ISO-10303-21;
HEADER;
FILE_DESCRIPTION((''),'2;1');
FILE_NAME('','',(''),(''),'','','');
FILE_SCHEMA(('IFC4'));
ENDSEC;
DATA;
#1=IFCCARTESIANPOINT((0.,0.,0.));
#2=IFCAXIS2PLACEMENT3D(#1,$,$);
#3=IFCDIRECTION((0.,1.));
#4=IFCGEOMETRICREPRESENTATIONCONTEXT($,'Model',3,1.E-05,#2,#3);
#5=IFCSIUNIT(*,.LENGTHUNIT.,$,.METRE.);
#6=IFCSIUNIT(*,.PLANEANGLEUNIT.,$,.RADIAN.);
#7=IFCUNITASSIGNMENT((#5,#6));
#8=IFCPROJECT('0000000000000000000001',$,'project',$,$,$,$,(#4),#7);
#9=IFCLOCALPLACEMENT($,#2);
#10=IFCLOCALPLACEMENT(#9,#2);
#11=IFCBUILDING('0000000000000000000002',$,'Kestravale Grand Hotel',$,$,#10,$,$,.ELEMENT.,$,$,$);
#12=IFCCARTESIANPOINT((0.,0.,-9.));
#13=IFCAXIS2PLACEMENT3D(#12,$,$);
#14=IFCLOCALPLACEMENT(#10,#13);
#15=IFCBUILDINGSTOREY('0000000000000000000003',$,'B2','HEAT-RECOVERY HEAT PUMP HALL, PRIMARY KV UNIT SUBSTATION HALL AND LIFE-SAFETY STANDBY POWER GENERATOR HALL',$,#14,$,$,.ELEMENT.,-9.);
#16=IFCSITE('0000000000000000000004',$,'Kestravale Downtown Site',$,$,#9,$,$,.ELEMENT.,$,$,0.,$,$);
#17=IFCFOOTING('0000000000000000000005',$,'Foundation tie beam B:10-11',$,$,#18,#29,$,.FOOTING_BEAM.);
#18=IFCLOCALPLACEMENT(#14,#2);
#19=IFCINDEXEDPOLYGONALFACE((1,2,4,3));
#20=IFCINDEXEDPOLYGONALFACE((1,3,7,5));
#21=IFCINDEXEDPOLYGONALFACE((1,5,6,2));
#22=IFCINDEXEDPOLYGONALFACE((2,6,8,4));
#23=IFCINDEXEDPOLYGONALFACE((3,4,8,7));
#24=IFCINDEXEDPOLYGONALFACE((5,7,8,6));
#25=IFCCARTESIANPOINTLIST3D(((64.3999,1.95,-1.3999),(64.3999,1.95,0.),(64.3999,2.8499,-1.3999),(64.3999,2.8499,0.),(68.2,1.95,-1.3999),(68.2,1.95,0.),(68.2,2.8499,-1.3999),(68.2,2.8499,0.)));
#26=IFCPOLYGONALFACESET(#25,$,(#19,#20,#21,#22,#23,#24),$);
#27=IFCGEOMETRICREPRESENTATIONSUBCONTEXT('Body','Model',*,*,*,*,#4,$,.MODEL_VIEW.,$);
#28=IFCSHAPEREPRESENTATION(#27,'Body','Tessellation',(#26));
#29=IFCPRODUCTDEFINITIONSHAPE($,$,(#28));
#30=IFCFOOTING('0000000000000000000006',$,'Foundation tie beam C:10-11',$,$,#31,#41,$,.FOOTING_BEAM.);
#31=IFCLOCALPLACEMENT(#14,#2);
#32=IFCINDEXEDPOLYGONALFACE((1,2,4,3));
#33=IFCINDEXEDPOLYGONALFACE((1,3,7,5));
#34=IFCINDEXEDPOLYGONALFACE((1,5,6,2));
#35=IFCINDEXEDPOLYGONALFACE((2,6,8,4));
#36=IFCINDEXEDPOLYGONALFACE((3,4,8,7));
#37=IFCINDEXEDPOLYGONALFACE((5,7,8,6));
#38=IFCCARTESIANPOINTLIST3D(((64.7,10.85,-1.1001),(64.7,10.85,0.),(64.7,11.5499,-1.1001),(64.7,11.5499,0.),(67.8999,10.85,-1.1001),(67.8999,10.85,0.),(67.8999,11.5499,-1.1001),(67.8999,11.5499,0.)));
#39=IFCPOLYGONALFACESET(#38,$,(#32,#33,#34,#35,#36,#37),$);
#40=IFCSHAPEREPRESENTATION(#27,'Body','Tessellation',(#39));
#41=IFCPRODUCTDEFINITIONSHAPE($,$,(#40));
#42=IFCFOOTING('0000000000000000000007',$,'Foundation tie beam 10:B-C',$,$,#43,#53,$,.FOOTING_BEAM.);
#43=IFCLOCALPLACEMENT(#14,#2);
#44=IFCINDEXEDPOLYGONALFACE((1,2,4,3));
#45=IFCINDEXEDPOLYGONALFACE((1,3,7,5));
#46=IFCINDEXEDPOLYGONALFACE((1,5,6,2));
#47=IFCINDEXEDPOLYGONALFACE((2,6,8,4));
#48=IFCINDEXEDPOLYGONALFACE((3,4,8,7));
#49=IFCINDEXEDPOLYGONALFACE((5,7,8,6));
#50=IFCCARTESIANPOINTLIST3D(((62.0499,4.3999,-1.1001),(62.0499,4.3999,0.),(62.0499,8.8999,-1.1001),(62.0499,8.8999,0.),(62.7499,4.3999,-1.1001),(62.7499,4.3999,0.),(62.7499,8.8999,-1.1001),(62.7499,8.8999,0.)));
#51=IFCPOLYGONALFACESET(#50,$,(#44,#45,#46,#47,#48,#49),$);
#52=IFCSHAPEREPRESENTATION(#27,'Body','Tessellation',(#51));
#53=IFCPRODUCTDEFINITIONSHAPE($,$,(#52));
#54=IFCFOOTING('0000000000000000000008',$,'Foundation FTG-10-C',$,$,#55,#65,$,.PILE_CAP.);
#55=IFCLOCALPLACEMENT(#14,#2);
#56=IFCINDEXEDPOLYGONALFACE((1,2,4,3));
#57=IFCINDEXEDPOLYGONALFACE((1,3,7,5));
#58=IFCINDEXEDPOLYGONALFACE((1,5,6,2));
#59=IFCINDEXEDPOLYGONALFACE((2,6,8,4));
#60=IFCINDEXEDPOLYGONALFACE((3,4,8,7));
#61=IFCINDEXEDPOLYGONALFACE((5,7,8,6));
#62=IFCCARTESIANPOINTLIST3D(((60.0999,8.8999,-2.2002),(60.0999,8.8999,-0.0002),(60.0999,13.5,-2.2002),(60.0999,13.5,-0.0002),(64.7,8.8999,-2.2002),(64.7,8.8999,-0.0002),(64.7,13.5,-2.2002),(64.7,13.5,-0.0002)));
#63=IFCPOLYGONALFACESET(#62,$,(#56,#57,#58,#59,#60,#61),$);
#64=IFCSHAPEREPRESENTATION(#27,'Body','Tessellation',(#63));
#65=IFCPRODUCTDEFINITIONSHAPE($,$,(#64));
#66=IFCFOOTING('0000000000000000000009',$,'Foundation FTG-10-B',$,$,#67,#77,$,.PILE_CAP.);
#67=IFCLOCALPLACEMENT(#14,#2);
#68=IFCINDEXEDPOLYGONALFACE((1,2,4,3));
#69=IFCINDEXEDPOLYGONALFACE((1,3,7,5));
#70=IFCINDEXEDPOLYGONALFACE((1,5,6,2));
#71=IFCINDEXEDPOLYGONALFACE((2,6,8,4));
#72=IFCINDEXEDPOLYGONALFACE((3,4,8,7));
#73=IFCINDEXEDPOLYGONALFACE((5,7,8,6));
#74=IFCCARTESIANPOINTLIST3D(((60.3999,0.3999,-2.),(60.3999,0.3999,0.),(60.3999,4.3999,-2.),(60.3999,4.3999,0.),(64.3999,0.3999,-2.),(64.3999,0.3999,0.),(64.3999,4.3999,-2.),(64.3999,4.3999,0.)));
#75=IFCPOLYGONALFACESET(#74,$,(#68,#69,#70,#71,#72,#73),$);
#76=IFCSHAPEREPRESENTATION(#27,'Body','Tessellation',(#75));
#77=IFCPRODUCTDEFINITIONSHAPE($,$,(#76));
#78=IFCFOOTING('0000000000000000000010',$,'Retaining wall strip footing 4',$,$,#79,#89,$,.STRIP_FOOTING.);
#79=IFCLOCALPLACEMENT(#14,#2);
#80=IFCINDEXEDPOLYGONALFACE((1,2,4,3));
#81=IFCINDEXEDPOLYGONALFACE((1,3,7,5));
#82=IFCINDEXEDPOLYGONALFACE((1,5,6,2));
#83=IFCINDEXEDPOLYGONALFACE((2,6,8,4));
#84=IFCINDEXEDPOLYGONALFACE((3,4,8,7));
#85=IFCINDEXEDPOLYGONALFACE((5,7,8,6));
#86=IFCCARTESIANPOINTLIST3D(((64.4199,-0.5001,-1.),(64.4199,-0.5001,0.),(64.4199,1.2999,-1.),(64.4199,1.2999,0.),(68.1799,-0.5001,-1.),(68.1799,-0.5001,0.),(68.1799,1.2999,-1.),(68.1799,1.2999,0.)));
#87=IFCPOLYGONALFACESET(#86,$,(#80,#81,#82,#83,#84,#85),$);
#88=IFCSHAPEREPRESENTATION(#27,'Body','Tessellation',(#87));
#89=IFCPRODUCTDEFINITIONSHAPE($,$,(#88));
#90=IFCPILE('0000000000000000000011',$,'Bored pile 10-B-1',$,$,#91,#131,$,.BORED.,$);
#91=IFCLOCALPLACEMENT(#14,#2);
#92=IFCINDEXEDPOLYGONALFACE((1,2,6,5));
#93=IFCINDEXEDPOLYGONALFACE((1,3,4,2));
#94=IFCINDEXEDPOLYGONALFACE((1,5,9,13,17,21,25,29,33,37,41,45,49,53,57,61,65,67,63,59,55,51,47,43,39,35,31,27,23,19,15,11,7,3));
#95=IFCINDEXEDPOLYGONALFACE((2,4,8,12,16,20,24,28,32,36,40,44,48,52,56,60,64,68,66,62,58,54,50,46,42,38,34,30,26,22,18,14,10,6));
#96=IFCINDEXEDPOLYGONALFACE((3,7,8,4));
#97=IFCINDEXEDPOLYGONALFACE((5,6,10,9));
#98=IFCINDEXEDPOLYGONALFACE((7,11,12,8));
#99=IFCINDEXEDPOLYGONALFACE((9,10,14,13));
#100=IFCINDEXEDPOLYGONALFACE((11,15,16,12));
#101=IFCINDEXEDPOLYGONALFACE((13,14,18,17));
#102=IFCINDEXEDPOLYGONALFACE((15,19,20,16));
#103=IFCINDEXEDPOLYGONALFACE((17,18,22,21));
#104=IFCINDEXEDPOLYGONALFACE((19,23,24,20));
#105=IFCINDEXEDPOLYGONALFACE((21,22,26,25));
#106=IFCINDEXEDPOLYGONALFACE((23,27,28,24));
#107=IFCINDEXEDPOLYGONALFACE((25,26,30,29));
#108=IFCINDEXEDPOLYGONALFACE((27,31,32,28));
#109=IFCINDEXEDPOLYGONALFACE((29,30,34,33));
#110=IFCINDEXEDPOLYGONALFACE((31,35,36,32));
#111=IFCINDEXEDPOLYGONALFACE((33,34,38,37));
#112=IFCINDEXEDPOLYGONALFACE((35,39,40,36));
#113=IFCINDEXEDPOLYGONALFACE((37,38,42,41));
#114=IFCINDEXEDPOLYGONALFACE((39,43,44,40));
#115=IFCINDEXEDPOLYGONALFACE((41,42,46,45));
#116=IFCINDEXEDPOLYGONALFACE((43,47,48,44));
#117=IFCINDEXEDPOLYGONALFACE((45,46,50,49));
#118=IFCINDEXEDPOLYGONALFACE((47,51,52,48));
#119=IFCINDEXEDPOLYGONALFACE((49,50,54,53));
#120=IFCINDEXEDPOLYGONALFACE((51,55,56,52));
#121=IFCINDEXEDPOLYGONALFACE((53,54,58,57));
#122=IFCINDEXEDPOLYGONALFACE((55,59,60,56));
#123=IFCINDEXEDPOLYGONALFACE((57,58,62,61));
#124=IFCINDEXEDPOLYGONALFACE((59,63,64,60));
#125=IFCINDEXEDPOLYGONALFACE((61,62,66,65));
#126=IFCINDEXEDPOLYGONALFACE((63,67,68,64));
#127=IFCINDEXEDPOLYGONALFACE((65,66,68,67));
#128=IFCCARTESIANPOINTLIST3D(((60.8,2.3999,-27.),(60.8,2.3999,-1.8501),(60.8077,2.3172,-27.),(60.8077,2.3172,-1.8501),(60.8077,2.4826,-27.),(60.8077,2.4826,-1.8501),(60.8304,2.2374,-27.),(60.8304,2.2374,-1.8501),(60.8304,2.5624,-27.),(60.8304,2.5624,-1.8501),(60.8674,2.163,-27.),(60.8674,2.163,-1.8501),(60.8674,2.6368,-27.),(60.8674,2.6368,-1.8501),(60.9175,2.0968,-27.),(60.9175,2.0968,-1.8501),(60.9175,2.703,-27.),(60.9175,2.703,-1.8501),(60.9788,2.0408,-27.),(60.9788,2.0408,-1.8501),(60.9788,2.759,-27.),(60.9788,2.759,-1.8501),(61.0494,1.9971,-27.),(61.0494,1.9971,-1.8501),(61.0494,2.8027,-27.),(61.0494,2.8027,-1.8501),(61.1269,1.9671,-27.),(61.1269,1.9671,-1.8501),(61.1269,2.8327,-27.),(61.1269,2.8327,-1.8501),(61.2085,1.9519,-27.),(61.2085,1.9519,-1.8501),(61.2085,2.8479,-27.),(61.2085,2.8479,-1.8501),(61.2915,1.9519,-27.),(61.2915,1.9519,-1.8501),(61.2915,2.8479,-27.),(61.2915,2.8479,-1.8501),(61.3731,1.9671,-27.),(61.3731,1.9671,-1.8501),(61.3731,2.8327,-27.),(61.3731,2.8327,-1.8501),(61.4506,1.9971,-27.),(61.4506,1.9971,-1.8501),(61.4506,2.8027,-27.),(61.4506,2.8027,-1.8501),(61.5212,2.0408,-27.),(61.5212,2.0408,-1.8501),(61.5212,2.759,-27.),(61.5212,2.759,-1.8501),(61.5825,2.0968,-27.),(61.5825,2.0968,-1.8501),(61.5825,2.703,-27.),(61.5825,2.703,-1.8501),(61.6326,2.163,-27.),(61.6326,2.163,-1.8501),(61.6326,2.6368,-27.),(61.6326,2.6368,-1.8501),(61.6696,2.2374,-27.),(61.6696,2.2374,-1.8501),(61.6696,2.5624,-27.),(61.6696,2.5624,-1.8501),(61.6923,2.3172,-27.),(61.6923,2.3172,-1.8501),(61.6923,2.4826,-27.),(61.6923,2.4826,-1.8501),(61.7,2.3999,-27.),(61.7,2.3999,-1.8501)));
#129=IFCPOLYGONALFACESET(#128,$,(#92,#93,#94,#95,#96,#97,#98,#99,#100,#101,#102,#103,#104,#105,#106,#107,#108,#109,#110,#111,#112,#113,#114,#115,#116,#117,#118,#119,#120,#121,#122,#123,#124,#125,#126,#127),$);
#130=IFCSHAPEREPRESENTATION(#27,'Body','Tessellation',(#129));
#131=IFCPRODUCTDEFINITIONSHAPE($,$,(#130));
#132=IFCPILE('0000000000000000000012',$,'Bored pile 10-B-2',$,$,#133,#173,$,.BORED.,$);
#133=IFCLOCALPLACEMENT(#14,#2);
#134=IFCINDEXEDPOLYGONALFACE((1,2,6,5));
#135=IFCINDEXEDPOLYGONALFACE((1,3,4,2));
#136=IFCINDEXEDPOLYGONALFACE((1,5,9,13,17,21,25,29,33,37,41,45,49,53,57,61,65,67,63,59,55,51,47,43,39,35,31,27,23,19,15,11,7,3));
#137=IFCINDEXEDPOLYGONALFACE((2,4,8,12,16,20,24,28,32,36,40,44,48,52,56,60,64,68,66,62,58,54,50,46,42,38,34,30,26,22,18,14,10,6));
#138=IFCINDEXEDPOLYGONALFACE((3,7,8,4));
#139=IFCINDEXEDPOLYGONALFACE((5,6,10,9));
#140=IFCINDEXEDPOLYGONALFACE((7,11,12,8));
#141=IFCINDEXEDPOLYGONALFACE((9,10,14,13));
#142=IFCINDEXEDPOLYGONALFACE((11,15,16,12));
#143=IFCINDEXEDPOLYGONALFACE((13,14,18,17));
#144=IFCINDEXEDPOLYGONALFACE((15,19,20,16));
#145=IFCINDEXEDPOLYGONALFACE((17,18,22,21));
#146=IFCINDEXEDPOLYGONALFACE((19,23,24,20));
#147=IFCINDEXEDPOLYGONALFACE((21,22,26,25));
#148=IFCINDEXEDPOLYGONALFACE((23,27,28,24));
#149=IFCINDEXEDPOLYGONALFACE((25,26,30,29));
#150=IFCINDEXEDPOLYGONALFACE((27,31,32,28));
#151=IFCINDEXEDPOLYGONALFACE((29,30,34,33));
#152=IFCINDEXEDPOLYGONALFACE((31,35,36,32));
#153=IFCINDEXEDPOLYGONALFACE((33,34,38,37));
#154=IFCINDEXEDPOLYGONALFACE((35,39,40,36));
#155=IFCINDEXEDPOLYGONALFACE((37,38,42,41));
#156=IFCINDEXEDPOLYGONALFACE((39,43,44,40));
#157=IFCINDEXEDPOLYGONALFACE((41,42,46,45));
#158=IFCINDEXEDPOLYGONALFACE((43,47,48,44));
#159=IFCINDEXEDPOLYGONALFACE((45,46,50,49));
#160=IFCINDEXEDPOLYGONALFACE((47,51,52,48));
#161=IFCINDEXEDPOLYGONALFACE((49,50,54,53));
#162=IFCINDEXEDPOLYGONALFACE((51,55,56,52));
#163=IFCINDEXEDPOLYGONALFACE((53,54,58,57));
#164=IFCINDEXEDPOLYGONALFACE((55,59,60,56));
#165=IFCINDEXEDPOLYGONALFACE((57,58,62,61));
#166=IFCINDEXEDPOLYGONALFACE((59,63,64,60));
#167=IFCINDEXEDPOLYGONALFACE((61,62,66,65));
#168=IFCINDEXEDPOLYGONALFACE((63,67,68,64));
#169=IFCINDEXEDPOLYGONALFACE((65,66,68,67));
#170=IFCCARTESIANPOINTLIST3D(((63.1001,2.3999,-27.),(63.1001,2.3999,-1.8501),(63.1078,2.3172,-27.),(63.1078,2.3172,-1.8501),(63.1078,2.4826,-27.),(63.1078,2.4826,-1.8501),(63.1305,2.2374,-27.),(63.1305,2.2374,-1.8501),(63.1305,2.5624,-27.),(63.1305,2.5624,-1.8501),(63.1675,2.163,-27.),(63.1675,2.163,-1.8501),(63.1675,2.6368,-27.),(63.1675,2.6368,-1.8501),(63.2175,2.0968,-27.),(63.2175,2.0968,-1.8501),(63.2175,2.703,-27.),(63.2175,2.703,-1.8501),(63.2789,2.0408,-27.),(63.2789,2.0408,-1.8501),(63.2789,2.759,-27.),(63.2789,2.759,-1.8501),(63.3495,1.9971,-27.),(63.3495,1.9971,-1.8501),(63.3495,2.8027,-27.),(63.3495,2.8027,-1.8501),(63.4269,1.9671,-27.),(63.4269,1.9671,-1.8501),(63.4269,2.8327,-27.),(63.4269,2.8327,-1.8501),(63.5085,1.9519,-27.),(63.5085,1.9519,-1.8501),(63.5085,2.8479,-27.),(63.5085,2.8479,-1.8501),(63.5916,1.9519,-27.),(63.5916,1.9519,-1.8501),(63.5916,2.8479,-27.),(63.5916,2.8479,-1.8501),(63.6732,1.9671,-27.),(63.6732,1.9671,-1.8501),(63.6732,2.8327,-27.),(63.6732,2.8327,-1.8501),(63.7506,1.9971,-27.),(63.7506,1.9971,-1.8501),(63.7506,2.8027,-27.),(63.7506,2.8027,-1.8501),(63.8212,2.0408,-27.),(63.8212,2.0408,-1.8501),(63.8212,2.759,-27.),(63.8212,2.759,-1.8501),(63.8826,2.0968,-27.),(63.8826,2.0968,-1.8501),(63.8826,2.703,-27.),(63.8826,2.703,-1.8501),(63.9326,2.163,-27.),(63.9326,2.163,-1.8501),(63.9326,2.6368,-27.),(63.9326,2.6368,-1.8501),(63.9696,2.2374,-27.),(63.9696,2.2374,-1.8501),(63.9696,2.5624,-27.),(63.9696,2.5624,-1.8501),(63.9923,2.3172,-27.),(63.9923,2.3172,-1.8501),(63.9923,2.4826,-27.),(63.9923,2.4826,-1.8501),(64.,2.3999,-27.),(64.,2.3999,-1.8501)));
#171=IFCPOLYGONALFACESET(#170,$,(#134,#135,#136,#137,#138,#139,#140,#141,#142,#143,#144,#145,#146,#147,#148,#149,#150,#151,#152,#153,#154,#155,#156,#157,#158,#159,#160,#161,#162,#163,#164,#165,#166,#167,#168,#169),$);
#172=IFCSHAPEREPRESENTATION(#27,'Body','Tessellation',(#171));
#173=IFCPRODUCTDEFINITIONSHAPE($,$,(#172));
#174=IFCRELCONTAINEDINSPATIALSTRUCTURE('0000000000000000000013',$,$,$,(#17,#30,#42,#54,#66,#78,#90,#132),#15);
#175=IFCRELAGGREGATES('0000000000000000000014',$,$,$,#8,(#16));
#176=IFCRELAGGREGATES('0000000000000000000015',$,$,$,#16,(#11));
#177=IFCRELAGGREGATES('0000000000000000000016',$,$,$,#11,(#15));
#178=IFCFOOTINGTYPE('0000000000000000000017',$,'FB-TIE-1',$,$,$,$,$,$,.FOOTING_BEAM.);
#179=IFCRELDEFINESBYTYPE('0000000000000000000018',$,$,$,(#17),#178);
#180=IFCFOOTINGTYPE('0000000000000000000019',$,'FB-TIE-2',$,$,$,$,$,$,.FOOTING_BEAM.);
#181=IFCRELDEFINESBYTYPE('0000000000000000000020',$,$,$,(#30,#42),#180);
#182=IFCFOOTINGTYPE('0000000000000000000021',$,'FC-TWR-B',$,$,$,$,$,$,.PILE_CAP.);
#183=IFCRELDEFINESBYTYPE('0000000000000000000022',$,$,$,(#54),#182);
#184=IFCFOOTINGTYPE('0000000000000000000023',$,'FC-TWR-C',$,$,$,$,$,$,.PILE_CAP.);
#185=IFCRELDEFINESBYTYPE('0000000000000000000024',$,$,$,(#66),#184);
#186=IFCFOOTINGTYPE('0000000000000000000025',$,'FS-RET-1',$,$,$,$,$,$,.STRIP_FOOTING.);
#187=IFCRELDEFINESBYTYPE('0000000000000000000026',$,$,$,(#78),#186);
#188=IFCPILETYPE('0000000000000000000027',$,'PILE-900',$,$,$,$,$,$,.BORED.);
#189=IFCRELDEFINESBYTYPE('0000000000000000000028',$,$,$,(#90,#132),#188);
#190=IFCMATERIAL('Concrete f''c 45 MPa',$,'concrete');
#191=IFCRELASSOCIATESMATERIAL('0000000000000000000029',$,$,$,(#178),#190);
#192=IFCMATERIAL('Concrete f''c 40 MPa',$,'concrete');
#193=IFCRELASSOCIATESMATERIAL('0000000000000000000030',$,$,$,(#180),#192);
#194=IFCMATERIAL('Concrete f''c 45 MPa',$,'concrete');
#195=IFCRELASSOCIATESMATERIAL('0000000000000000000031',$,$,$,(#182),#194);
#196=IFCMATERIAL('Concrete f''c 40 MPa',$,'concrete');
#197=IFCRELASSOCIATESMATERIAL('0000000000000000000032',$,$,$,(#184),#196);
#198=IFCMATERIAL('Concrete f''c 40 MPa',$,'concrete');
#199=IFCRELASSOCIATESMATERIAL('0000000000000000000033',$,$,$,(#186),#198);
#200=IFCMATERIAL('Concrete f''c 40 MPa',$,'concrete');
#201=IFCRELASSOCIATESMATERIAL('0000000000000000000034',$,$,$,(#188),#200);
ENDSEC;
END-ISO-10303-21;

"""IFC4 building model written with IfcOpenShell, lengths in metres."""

from ifc_helpers import new_model, si_unit, direction, frame, origin, origin_2d, place, context, subcontext, project, spatial, rectangle, circle, extrude, material, material_profile, profile_set, type_object, element, save


model = new_model("IFC4")

# Units and contexts
model_context = context("Model", 3, precision=1e-05, world=origin(), true_north=direction((0.0, 1.0)))
body_context = subcontext(model_context, "Body", "Model", "MODEL_VIEW")
ifc_project = project(units=[si_unit("LENGTHUNIT", "METRE"), si_unit("PLANEANGLEUNIT", "RADIAN")], contexts=[model_context])

# Site, building, storey
site_placement = place(None, origin())
site = spatial("IfcSite", under=ifc_project, at=site_placement, Name="Kestravale Downtown Site", CompositionType="ELEMENT", RefElevation=0.0)
building_placement = place(site_placement, origin())
building = spatial("IfcBuilding", under=site, at=building_placement, Name="Kestravale Grand Hotel", CompositionType="ELEMENT")
storey_placement = place(building_placement, frame((0.0, 0.0, -9.0)))
storey = spatial("IfcBuildingStorey", under=building, at=storey_placement, Name="B2", Description="HEAT-RECOVERY HEAT PUMP HALL, PRIMARY KV UNIT SUBSTATION HALL AND LIFE-SAFETY STANDBY POWER GENERATOR HALL", CompositionType="ELEMENT", Elevation=-9.0)

# Footings
ifc_material_1 = material(Name="Concrete f'c 45 MPa", Category="concrete")
ifc_material_profile_1 = material_profile(ifc_material_1, rectangle(XDim=0.8999, YDim=1.3999, at=origin_2d()))
ifc_profile_set_1 = profile_set([ifc_material_profile_1], Name="Concrete f'c 45 MPa")
footing_type_1 = type_object("IfcFootingType", Name="FB-TIE-1", PredefinedType="FOOTING_BEAM", material=ifc_profile_set_1)
footing_1_placement = place(storey_placement, frame((64.3999, 2.3999, -0.7), z_axis=(1.0, 0.0, 0.0), x_axis=(0.0, 1.0, 0.0)))
element("IfcFooting", 1, at=footing_1_placement, inside=storey, type_object=footing_type_1, Name="Foundation tie beam B:10-11", PredefinedType="FOOTING_BEAM", context=body_context, shape_type="SweptSolid", body=[
    extrude(rectangle(XDim=0.8999, YDim=1.3999, at=origin_2d()), origin(), (0.0, 0.0, 1.0), 3.8),
])
ifc_material_2 = material(Name="Concrete f'c 40 MPa", Category="concrete")
ifc_material_profile_2 = material_profile(ifc_material_2, rectangle(XDim=0.7, YDim=1.1001, at=origin_2d()))
ifc_profile_set_2 = profile_set([ifc_material_profile_2], Name="Concrete f'c 40 MPa")
footing_type_2 = type_object("IfcFootingType", Name="FB-TIE-2", PredefinedType="FOOTING_BEAM", material=ifc_profile_set_2)
footing_2_placement = place(storey_placement, frame((64.7, 11.2, -0.55), z_axis=(1.0, 0.0, 0.0), x_axis=(0.0, 1.0, 0.0)))
element("IfcFooting", 2, at=footing_2_placement, inside=storey, type_object=footing_type_2, Name="Foundation tie beam C:10-11", PredefinedType="FOOTING_BEAM", context=body_context, shape_type="SweptSolid", body=[
    extrude(rectangle(XDim=0.7, YDim=1.1001, at=origin_2d()), origin(), (0.0, 0.0, 1.0), 3.2),
])
footing_3_placement = place(storey_placement, frame((62.3999, 4.3999, -0.55), z_axis=(0.0, 1.0, 0.0), x_axis=(-1.0, 0.0, 0.0)))
element("IfcFooting", 3, at=footing_3_placement, inside=storey, type_object=footing_type_2, Name="Foundation tie beam 10:B-C", PredefinedType="FOOTING_BEAM", context=body_context, shape_type="SweptSolid", body=[
    extrude(rectangle(XDim=0.7, YDim=1.1001, at=origin_2d()), origin(), (0.0, 0.0, 1.0), 4.5),
])
ifc_material_3 = material(Name="Concrete f'c 45 MPa", Category="concrete")
footing_type_3 = type_object("IfcFootingType", Name="FC-TWR-B", PredefinedType="PILE_CAP", material=ifc_material_3)
footing_4_placement = place(storey_placement, frame((62.3999, 11.2, -2.2002), z_axis=(0.0, 0.0, 1.0), x_axis=(1.0, 0.0, 0.0)))
element("IfcFooting", 4, at=footing_4_placement, inside=storey, type_object=footing_type_3, Name="Foundation FTG-10-C", PredefinedType="PILE_CAP", context=body_context, shape_type="SweptSolid", body=[
    extrude(rectangle(XDim=4.6001, YDim=4.6001, at=origin_2d()), origin(), (0.0, 0.0, 1.0), 2.2),
])
ifc_material_4 = material(Name="Concrete f'c 40 MPa", Category="concrete")
footing_type_4 = type_object("IfcFootingType", Name="FC-TWR-C", PredefinedType="PILE_CAP", material=ifc_material_4)
footing_5_placement = place(storey_placement, frame((62.3999, 2.3999, -2.0), z_axis=(0.0, 0.0, 1.0), x_axis=(1.0, 0.0, 0.0)))
element("IfcFooting", 5, at=footing_5_placement, inside=storey, type_object=footing_type_4, Name="Foundation FTG-10-B", PredefinedType="PILE_CAP", context=body_context, shape_type="SweptSolid", body=[
    extrude(rectangle(XDim=4.0, YDim=4.0, at=origin_2d()), origin(), (0.0, 0.0, 1.0), 2.0),
])
ifc_material_5 = material(Name="Concrete f'c 40 MPa", Category="concrete")
ifc_material_profile_3 = material_profile(ifc_material_5, rectangle(XDim=1.8, YDim=1.0, at=origin_2d()))
ifc_profile_set_3 = profile_set([ifc_material_profile_3], Name="Concrete f'c 40 MPa")
footing_type_5 = type_object("IfcFootingType", Name="FS-RET-1", PredefinedType="STRIP_FOOTING", material=ifc_profile_set_3)
footing_6_placement = place(storey_placement, frame((64.4199, 0.3999, -0.5), z_axis=(1.0, 0.0, 0.0), x_axis=(0.0, 1.0, 0.0)))
element("IfcFooting", 6, at=footing_6_placement, inside=storey, type_object=footing_type_5, Name="Retaining wall strip footing 4", PredefinedType="STRIP_FOOTING", context=body_context, shape_type="SweptSolid", body=[
    extrude(rectangle(XDim=1.8, YDim=1.0, at=origin_2d()), origin(), (0.0, 0.0, 1.0), 3.76),
])

# Piles
ifc_material_6 = material(Name="Concrete f'c 40 MPa", Category="concrete")
ifc_material_profile_4 = material_profile(ifc_material_6, circle(Radius=0.45, at=origin_2d()))
ifc_profile_set_4 = profile_set([ifc_material_profile_4], Name="Concrete f'c 40 MPa")
pile_type = type_object("IfcPileType", Name="PILE-900", PredefinedType="BORED", material=ifc_profile_set_4)
for number, where, z_axis, x_axis, name in (
    (7, (61.25, 2.3999, -1.8501), (0.0, 0.0, -1.0), (1.0, 0.0, 0.0), "Bored pile 10-B-1"),
    (8, (63.55, 2.3999, -1.8501), (0.0, 0.0, -1.0), (1.0, 0.0, 0.0), "Bored pile 10-B-2"),
):
    element("IfcPile", number, at=place(storey_placement, frame(where, z_axis=z_axis, x_axis=x_axis)), inside=storey, type_object=pile_type, Name=name, PredefinedType="BORED", context=body_context, shape_type="SweptSolid", body=[
        extrude(circle(Radius=0.45, at=origin_2d()), origin(), (0.0, 0.0, 1.0), 25.1499),
    ])

save(model, "model.ifc")
